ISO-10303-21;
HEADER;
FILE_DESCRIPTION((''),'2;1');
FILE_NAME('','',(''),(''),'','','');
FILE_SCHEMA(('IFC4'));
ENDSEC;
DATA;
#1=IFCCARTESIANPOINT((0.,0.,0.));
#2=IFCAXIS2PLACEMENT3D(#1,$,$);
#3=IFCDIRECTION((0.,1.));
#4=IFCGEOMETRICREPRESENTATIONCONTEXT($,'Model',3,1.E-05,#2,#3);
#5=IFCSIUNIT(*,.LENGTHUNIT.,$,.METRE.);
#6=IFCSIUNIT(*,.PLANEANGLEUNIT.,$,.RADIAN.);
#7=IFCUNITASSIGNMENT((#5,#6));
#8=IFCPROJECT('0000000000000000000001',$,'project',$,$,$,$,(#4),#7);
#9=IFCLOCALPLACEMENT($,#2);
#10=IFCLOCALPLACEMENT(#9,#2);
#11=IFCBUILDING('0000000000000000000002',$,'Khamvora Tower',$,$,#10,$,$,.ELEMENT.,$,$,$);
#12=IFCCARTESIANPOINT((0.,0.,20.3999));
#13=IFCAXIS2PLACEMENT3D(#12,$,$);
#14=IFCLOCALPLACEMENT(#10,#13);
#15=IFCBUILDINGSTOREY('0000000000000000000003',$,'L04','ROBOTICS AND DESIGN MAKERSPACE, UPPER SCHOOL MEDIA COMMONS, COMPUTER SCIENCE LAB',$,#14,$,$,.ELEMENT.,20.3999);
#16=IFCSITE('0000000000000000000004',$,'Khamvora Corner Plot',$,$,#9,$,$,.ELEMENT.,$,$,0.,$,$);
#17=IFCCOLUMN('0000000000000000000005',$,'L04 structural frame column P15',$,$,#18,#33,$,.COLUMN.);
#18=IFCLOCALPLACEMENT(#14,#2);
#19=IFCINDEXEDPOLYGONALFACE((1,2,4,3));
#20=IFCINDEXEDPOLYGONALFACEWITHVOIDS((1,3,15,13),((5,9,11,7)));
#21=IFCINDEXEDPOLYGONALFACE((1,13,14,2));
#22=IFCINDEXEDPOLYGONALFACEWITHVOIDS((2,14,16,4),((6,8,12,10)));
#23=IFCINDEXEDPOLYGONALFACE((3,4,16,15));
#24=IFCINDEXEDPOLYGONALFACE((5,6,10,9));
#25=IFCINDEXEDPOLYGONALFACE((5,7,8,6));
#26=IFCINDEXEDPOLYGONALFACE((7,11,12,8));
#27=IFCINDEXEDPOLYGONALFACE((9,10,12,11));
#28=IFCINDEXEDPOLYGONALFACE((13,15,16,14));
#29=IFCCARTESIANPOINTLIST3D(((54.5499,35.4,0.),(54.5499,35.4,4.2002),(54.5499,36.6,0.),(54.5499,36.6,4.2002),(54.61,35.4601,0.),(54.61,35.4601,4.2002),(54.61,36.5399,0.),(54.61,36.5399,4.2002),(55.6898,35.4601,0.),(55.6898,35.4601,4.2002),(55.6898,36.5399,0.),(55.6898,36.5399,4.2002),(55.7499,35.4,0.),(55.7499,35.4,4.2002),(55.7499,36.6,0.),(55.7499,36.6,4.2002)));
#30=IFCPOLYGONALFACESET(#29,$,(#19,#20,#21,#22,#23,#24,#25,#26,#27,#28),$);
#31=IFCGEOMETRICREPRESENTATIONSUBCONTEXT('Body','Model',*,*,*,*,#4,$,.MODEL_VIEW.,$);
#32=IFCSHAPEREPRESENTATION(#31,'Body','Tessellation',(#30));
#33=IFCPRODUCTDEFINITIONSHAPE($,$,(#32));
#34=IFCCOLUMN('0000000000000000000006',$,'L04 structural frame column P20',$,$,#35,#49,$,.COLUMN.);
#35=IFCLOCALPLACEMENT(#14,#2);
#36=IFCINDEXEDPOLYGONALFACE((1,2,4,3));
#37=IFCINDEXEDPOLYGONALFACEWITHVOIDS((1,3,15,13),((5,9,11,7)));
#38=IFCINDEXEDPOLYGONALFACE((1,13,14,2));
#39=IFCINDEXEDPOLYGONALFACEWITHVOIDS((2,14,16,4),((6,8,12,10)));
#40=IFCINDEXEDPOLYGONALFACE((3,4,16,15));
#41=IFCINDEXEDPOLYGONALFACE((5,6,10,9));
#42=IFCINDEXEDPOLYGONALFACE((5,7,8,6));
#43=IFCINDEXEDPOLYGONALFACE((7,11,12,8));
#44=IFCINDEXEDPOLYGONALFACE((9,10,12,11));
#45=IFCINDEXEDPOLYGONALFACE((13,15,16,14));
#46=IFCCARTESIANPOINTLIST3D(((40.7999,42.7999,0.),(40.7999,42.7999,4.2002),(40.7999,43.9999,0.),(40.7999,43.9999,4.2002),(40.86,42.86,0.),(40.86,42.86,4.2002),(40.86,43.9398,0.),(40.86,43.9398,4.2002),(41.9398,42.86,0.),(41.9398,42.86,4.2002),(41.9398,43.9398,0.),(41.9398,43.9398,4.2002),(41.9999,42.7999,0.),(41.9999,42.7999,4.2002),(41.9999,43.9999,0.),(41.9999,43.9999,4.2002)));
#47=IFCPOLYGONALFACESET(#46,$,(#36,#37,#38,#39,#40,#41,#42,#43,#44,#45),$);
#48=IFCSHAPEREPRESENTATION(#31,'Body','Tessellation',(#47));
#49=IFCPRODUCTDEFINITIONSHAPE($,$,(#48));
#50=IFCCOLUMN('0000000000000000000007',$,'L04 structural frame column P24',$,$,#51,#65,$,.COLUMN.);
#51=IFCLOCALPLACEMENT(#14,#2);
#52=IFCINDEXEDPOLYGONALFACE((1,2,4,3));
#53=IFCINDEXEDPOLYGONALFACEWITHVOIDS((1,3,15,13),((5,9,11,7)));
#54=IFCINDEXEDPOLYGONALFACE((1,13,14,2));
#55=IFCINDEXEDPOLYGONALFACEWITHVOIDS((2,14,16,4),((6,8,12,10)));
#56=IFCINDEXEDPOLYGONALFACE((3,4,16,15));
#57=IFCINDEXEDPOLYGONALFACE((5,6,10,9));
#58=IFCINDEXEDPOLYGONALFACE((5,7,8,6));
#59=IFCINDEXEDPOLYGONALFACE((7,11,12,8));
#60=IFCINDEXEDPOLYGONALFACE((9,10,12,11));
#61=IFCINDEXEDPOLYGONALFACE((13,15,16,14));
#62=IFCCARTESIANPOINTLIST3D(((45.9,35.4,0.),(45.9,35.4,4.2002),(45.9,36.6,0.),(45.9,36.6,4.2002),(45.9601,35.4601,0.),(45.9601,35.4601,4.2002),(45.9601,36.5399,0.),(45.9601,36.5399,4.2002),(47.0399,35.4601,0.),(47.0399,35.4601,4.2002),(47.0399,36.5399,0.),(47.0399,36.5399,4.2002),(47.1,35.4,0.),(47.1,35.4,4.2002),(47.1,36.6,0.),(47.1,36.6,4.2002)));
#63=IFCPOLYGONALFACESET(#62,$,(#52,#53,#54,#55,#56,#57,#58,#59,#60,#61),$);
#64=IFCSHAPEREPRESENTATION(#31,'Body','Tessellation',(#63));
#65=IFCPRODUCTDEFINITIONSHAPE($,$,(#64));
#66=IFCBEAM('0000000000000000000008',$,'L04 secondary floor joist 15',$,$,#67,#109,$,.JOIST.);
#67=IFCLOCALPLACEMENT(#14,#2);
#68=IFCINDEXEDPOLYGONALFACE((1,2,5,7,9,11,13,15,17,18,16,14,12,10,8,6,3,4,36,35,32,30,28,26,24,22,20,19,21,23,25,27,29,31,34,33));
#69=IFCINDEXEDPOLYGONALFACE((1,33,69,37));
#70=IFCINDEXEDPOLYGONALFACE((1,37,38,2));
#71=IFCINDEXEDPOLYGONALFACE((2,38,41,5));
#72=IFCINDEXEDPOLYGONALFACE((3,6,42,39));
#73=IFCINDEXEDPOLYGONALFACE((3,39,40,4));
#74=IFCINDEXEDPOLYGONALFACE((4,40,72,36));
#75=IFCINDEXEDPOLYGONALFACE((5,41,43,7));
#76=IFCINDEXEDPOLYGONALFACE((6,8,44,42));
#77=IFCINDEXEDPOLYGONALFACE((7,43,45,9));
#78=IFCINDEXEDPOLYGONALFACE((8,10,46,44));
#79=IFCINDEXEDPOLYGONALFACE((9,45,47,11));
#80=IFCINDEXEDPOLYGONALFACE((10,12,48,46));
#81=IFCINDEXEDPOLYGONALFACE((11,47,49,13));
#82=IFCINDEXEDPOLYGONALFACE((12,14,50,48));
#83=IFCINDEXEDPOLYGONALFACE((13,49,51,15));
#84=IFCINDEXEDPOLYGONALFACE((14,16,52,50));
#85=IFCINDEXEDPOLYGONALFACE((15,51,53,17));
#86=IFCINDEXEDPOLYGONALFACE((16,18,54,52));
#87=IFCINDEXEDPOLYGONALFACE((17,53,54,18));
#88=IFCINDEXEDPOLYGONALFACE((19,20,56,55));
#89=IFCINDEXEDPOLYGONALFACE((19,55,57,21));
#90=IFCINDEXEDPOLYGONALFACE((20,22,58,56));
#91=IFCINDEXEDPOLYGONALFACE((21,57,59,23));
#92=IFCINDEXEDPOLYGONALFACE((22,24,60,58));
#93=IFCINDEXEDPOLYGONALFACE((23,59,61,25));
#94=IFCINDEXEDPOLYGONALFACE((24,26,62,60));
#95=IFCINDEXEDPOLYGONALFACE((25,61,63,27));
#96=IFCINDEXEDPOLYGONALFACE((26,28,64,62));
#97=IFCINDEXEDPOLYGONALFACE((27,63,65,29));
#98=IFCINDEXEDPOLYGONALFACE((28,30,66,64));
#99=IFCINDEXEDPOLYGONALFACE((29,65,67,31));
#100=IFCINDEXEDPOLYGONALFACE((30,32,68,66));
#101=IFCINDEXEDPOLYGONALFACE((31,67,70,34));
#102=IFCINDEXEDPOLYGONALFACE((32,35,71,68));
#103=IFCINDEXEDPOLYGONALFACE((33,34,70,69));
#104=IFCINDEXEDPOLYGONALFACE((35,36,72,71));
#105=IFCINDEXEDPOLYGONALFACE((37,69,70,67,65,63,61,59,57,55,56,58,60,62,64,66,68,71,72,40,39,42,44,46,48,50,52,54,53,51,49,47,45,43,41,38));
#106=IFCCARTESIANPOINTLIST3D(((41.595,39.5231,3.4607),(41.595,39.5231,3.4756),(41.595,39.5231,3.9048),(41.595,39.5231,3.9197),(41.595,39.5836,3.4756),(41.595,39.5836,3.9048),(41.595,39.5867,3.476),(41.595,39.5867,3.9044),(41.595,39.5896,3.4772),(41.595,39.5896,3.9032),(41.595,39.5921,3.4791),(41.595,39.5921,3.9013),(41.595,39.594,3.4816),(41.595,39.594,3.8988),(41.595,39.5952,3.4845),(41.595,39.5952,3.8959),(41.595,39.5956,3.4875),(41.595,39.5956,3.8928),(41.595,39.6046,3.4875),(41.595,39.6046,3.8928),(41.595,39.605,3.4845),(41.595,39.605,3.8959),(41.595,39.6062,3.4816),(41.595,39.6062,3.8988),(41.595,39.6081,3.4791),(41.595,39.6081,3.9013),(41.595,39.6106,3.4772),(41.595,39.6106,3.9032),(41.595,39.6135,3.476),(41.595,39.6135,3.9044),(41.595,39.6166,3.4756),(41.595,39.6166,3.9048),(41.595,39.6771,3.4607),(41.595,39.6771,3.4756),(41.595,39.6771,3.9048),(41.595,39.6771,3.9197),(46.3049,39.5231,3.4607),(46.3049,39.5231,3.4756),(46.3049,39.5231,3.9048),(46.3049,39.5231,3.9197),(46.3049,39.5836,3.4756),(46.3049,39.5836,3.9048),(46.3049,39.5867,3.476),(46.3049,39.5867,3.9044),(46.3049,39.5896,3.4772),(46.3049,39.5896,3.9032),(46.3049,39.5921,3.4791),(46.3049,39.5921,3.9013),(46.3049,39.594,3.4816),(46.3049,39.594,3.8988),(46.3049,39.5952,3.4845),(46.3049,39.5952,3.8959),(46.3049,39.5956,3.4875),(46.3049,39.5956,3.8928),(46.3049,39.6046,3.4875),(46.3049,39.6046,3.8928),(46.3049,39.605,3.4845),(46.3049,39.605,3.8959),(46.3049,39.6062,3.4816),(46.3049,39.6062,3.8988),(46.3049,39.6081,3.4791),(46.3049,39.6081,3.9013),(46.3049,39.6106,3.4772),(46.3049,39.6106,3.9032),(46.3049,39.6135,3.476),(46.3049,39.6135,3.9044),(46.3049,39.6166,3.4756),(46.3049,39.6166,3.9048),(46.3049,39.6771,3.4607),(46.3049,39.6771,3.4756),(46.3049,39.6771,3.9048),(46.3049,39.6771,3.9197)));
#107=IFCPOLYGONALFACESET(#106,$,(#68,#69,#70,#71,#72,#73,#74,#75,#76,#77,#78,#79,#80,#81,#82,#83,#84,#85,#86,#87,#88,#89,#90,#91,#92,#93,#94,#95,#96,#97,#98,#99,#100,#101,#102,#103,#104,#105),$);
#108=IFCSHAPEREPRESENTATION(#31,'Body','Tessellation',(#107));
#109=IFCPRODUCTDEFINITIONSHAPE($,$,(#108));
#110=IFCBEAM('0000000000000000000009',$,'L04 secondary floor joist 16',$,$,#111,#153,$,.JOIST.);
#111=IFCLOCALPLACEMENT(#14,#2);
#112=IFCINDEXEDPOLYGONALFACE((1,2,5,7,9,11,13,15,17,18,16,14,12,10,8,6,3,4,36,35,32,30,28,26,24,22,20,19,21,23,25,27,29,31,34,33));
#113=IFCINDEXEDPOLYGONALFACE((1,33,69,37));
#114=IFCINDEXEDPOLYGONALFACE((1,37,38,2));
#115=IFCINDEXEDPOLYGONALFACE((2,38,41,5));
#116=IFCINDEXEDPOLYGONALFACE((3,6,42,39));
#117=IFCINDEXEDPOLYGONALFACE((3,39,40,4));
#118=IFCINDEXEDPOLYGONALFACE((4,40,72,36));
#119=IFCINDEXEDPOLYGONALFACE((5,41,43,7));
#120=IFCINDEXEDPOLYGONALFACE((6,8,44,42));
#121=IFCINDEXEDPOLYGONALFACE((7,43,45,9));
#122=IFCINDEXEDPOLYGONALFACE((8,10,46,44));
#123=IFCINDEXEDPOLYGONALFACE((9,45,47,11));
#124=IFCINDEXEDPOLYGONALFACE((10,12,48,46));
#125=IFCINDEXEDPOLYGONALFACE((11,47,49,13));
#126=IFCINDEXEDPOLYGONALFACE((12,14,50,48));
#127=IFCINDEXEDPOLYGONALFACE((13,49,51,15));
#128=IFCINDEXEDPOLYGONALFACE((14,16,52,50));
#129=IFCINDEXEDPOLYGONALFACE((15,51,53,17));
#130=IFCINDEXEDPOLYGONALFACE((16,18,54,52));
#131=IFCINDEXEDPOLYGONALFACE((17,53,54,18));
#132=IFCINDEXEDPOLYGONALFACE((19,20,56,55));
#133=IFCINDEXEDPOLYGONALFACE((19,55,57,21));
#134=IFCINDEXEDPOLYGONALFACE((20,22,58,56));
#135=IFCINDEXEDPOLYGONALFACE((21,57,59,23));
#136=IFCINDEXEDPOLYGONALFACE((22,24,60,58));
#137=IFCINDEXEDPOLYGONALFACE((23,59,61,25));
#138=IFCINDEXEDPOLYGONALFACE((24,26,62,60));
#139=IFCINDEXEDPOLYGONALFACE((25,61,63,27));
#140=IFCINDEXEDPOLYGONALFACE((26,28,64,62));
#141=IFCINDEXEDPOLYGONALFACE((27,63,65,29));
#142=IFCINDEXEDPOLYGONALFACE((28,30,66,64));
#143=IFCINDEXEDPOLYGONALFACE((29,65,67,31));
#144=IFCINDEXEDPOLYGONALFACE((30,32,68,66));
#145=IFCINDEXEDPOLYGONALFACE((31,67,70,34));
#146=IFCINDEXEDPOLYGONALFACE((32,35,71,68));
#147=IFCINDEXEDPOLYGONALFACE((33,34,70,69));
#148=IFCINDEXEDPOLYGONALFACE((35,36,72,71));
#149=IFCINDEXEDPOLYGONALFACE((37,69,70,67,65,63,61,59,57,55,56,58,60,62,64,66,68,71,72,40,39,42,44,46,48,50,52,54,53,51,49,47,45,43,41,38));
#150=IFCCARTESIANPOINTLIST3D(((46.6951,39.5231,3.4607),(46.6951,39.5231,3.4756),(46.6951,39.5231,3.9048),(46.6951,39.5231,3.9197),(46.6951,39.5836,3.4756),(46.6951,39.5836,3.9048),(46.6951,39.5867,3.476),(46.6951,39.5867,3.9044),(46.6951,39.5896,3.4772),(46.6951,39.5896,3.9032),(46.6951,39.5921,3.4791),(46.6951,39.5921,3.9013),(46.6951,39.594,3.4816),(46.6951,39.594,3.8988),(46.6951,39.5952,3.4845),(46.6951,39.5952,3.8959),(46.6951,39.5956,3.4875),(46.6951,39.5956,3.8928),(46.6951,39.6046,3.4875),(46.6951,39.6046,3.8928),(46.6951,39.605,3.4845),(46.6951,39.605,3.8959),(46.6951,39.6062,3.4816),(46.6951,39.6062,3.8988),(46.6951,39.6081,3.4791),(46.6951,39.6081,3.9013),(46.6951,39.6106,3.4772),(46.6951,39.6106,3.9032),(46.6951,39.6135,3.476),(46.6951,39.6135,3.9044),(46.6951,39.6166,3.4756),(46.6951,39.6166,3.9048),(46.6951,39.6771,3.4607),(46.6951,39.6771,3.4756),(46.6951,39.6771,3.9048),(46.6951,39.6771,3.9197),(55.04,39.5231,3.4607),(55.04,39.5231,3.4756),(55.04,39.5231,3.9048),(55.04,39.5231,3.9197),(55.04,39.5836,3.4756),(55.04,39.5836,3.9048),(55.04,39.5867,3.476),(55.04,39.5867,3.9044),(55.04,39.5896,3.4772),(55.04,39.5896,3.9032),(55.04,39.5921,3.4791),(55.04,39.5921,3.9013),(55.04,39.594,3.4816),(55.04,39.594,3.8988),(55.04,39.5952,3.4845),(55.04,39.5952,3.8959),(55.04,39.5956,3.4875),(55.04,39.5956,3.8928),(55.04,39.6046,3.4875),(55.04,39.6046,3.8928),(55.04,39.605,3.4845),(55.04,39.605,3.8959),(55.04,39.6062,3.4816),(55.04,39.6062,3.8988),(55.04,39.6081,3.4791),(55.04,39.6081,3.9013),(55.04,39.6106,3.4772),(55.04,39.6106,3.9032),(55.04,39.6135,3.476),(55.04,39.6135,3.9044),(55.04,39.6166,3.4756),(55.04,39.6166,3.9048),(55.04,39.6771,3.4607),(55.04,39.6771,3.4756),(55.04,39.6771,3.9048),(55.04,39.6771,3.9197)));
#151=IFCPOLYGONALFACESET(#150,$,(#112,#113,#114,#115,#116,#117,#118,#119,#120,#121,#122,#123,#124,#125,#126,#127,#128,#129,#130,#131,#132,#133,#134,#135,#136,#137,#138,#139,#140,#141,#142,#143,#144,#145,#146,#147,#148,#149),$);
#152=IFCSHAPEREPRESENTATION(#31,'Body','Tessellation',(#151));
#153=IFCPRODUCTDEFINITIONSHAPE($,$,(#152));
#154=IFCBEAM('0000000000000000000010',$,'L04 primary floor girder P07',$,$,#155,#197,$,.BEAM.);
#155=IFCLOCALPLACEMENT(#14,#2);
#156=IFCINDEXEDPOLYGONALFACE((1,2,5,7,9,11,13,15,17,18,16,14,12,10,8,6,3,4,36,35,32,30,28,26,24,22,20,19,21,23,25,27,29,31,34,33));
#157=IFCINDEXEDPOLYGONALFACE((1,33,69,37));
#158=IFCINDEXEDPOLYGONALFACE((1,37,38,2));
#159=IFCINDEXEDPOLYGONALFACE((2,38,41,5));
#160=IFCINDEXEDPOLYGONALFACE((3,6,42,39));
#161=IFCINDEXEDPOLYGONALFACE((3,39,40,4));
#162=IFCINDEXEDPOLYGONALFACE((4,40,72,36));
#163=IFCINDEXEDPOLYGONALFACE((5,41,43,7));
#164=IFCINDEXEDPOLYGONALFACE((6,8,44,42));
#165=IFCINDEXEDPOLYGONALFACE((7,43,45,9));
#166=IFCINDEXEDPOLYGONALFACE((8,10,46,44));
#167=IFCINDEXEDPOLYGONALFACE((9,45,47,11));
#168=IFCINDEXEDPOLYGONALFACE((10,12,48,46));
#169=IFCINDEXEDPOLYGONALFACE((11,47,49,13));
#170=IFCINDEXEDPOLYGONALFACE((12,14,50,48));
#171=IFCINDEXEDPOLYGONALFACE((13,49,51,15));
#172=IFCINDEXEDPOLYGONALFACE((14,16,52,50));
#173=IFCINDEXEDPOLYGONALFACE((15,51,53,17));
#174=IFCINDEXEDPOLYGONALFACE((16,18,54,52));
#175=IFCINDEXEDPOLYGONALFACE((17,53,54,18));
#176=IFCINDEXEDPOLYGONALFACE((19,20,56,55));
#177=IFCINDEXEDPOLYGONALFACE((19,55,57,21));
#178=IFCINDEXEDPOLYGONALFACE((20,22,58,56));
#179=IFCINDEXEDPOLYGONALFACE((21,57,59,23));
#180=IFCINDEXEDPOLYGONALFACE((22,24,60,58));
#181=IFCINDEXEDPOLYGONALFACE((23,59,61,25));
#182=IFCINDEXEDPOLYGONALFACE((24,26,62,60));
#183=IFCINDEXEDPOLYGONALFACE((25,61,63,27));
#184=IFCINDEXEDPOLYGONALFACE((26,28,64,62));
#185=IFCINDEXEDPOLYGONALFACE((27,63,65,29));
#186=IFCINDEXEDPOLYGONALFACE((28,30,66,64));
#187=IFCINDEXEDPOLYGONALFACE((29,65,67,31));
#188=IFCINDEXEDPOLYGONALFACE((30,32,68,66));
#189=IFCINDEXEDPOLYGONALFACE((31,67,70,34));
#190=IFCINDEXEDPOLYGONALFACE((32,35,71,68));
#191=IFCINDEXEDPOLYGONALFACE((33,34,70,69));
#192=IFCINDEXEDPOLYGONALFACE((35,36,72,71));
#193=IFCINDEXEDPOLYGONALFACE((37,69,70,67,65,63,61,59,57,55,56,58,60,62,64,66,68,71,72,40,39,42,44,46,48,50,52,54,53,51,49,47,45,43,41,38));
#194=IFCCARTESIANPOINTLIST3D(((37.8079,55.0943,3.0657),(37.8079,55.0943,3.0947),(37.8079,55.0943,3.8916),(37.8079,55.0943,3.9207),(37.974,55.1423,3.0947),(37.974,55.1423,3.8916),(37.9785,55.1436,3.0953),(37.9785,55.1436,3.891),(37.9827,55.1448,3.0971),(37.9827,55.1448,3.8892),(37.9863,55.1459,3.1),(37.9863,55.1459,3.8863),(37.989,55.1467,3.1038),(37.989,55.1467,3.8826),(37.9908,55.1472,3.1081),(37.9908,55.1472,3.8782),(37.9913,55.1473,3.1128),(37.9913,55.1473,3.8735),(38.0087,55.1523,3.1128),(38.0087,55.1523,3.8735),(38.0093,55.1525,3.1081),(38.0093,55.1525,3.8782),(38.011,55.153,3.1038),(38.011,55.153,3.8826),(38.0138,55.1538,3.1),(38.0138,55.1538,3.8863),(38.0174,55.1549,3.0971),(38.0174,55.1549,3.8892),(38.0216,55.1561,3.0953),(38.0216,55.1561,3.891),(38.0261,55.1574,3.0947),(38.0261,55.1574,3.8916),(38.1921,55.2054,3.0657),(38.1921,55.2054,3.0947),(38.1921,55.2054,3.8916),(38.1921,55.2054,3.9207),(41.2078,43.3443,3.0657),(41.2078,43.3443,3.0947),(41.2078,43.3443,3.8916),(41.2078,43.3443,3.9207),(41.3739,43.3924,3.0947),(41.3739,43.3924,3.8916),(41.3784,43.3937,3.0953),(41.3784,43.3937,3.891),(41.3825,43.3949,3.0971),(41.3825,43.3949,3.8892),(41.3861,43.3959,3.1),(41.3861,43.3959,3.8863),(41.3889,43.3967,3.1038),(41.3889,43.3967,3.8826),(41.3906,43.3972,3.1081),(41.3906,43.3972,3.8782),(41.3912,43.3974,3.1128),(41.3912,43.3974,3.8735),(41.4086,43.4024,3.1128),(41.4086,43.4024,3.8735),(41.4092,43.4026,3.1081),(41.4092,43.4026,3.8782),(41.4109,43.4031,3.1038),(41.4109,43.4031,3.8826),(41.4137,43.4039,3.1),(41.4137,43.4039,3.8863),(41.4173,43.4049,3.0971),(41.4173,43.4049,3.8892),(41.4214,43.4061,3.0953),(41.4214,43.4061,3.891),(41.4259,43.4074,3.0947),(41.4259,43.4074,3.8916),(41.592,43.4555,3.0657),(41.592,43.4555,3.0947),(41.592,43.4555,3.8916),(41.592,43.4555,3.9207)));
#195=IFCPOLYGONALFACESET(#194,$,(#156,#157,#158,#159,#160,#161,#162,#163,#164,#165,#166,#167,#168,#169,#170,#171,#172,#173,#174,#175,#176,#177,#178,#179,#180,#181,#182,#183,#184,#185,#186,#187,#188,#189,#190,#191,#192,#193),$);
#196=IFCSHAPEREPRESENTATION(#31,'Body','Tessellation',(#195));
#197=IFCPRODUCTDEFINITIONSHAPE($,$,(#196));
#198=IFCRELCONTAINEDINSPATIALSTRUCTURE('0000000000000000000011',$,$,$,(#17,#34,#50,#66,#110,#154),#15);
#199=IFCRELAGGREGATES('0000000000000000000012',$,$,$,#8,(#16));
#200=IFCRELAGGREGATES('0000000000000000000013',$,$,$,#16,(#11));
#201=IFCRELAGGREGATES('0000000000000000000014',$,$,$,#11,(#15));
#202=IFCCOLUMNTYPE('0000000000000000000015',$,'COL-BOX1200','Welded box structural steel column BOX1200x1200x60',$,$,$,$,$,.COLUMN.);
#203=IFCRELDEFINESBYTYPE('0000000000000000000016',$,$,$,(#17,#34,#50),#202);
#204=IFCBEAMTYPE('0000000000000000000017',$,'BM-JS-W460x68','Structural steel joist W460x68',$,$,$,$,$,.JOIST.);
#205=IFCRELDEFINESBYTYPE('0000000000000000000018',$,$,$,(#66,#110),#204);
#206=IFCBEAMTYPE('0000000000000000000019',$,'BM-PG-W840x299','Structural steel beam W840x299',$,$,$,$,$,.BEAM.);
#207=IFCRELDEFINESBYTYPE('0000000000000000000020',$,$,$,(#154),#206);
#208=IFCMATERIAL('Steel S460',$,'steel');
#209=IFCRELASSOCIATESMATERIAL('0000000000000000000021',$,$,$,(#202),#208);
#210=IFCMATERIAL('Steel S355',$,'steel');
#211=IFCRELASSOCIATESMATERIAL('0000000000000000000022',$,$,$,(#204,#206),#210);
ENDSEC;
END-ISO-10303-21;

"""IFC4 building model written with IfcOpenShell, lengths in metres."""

from ifc_helpers import new_model, si_unit, direction, frame, origin, origin_2d, place, context, subcontext, project, spatial, hollow_rectangle, i_section, extrude, material, material_profile, profile_set, type_object, element, save


model = new_model("IFC4")

# Units and contexts
model_context = context("Model", 3, precision=1e-05, world=origin(), true_north=direction((0.0, 1.0)))
body_context = subcontext(model_context, "Body", "Model", "MODEL_VIEW")
ifc_project = project(units=[si_unit("LENGTHUNIT", "METRE"), si_unit("PLANEANGLEUNIT", "RADIAN")], contexts=[model_context])

# Site, building, storey
site_placement = place(None, origin())
site = spatial("IfcSite", under=ifc_project, at=site_placement, Name="Khamvora Corner Plot", CompositionType="ELEMENT", RefElevation=0.0)
building_placement = place(site_placement, origin())
building = spatial("IfcBuilding", under=site, at=building_placement, Name="Khamvora Tower", CompositionType="ELEMENT")
storey_placement = place(building_placement, frame((0.0, 0.0, 20.3999)))
storey = spatial("IfcBuildingStorey", under=building, at=storey_placement, Name="L04", Description="ROBOTICS AND DESIGN MAKERSPACE, UPPER SCHOOL MEDIA COMMONS, COMPUTER SCIENCE LAB", CompositionType="ELEMENT", Elevation=20.3999)

# Columns
ifc_material_1 = material(Name="Steel S460", Category="steel")
ifc_material_profile_1 = material_profile(ifc_material_1, hollow_rectangle(XDim=1.2, YDim=1.2, WallThickness=0.0601, at=origin_2d()), Name="BOX1200x1200x60")
ifc_profile_set_1 = profile_set([ifc_material_profile_1], Name="Steel S460")
column_type = type_object("IfcColumnType", Name="COL-BOX1200", Description="Welded box structural steel column BOX1200x1200x60", PredefinedType="COLUMN", material=ifc_profile_set_1)
for number, where, z_axis, x_axis, name in (
    (1, (55.1499, 36.0, 0.0), (0.0, 0.0, 1.0), (1.0, 0.0, 0.0), "L04 structural frame column P15"),
    (2, (41.3999, 43.3999, 0.0), (0.0, 0.0, 1.0), (1.0, 0.0, 0.0), "L04 structural frame column P20"),
    (3, (46.5, 36.0, 0.0), (0.0, 0.0, 1.0), (1.0, 0.0, 0.0), "L04 structural frame column P24"),
):
    element("IfcColumn", number, at=place(storey_placement, frame(where, z_axis=z_axis, x_axis=x_axis)), inside=storey, type_object=column_type, Name=name, PredefinedType="COLUMN", context=body_context, shape_type="SweptSolid", body=[
        extrude(hollow_rectangle(XDim=1.2, YDim=1.2, WallThickness=0.0601, at=origin_2d()), origin(), (0.0, 0.0, 1.0), 4.2002),
    ])

# Beams
ifc_material_2 = material(Name="Steel S355", Category="steel")
ifc_material_profile_2 = material_profile(ifc_material_2, i_section(OverallWidth=0.1541, OverallDepth=0.459, WebThickness=0.009, FlangeThickness=0.0149, FilletRadius=0.012, at=origin_2d()), Name="W460x68")
ifc_profile_set_2 = profile_set([ifc_material_profile_2], Name="Steel S355")
beam_type_1 = type_object("IfcBeamType", Name="BM-JS-W460x68", Description="Structural steel joist W460x68", PredefinedType="JOIST", material=ifc_profile_set_2)
beam_1_placement = place(storey_placement, frame((41.595, 39.6001, 3.6902), z_axis=(1.0, 0.0, 0.0), x_axis=(0.0, 1.0, 0.0)))
element("IfcBeam", 4, at=beam_1_placement, inside=storey, type_object=beam_type_1, Name="L04 secondary floor joist 15", PredefinedType="JOIST", context=body_context, shape_type="SweptSolid", body=[
    extrude(i_section(OverallWidth=0.1541, OverallDepth=0.459, WebThickness=0.009, FlangeThickness=0.0149, FilletRadius=0.012, at=origin_2d()), origin(), (0.0, 0.0, 1.0), 4.71),
])
beam_2_placement = place(storey_placement, frame((46.6951, 39.6001, 3.6902), z_axis=(1.0, 0.0, 0.0), x_axis=(0.0, 1.0, 0.0)))
element("IfcBeam", 5, at=beam_2_placement, inside=storey, type_object=beam_type_1, Name="L04 secondary floor joist 16", PredefinedType="JOIST", context=body_context, shape_type="SweptSolid", body=[
    extrude(i_section(OverallWidth=0.1541, OverallDepth=0.459, WebThickness=0.009, FlangeThickness=0.0149, FilletRadius=0.012, at=origin_2d()), origin(), (0.0, 0.0, 1.0), 8.345),
])
ifc_material_profile_3 = material_profile(ifc_material_2, i_section(OverallWidth=0.3999, OverallDepth=0.855, WebThickness=0.0181, FlangeThickness=0.0291, FilletRadius=0.0181, at=origin_2d()), Name="W840x299")
ifc_profile_set_3 = profile_set([ifc_material_profile_3], Name="Steel S355")
beam_type_2 = type_object("IfcBeamType", Name="BM-PG-W840x299", Description="Structural steel beam W840x299", PredefinedType="BEAM", material=ifc_profile_set_3)
beam_3_placement = place(storey_placement, frame((41.3999, 43.3999, 3.4932), z_axis=(-0.277951, 0.960595, 0.0), x_axis=(-0.960595, -0.277951, 0.0)))
element("IfcBeam", 6, at=beam_3_placement, inside=storey, type_object=beam_type_2, Name="L04 primary floor girder P07", PredefinedType="BEAM", context=body_context, shape_type="SweptSolid", body=[
    extrude(i_section(OverallWidth=0.3999, OverallDepth=0.855, WebThickness=0.0181, FlangeThickness=0.0291, FilletRadius=0.0181, at=origin_2d()), origin(), (0.0, 0.0, 1.0), 12.2319),
])

save(model, "model.ifc")
